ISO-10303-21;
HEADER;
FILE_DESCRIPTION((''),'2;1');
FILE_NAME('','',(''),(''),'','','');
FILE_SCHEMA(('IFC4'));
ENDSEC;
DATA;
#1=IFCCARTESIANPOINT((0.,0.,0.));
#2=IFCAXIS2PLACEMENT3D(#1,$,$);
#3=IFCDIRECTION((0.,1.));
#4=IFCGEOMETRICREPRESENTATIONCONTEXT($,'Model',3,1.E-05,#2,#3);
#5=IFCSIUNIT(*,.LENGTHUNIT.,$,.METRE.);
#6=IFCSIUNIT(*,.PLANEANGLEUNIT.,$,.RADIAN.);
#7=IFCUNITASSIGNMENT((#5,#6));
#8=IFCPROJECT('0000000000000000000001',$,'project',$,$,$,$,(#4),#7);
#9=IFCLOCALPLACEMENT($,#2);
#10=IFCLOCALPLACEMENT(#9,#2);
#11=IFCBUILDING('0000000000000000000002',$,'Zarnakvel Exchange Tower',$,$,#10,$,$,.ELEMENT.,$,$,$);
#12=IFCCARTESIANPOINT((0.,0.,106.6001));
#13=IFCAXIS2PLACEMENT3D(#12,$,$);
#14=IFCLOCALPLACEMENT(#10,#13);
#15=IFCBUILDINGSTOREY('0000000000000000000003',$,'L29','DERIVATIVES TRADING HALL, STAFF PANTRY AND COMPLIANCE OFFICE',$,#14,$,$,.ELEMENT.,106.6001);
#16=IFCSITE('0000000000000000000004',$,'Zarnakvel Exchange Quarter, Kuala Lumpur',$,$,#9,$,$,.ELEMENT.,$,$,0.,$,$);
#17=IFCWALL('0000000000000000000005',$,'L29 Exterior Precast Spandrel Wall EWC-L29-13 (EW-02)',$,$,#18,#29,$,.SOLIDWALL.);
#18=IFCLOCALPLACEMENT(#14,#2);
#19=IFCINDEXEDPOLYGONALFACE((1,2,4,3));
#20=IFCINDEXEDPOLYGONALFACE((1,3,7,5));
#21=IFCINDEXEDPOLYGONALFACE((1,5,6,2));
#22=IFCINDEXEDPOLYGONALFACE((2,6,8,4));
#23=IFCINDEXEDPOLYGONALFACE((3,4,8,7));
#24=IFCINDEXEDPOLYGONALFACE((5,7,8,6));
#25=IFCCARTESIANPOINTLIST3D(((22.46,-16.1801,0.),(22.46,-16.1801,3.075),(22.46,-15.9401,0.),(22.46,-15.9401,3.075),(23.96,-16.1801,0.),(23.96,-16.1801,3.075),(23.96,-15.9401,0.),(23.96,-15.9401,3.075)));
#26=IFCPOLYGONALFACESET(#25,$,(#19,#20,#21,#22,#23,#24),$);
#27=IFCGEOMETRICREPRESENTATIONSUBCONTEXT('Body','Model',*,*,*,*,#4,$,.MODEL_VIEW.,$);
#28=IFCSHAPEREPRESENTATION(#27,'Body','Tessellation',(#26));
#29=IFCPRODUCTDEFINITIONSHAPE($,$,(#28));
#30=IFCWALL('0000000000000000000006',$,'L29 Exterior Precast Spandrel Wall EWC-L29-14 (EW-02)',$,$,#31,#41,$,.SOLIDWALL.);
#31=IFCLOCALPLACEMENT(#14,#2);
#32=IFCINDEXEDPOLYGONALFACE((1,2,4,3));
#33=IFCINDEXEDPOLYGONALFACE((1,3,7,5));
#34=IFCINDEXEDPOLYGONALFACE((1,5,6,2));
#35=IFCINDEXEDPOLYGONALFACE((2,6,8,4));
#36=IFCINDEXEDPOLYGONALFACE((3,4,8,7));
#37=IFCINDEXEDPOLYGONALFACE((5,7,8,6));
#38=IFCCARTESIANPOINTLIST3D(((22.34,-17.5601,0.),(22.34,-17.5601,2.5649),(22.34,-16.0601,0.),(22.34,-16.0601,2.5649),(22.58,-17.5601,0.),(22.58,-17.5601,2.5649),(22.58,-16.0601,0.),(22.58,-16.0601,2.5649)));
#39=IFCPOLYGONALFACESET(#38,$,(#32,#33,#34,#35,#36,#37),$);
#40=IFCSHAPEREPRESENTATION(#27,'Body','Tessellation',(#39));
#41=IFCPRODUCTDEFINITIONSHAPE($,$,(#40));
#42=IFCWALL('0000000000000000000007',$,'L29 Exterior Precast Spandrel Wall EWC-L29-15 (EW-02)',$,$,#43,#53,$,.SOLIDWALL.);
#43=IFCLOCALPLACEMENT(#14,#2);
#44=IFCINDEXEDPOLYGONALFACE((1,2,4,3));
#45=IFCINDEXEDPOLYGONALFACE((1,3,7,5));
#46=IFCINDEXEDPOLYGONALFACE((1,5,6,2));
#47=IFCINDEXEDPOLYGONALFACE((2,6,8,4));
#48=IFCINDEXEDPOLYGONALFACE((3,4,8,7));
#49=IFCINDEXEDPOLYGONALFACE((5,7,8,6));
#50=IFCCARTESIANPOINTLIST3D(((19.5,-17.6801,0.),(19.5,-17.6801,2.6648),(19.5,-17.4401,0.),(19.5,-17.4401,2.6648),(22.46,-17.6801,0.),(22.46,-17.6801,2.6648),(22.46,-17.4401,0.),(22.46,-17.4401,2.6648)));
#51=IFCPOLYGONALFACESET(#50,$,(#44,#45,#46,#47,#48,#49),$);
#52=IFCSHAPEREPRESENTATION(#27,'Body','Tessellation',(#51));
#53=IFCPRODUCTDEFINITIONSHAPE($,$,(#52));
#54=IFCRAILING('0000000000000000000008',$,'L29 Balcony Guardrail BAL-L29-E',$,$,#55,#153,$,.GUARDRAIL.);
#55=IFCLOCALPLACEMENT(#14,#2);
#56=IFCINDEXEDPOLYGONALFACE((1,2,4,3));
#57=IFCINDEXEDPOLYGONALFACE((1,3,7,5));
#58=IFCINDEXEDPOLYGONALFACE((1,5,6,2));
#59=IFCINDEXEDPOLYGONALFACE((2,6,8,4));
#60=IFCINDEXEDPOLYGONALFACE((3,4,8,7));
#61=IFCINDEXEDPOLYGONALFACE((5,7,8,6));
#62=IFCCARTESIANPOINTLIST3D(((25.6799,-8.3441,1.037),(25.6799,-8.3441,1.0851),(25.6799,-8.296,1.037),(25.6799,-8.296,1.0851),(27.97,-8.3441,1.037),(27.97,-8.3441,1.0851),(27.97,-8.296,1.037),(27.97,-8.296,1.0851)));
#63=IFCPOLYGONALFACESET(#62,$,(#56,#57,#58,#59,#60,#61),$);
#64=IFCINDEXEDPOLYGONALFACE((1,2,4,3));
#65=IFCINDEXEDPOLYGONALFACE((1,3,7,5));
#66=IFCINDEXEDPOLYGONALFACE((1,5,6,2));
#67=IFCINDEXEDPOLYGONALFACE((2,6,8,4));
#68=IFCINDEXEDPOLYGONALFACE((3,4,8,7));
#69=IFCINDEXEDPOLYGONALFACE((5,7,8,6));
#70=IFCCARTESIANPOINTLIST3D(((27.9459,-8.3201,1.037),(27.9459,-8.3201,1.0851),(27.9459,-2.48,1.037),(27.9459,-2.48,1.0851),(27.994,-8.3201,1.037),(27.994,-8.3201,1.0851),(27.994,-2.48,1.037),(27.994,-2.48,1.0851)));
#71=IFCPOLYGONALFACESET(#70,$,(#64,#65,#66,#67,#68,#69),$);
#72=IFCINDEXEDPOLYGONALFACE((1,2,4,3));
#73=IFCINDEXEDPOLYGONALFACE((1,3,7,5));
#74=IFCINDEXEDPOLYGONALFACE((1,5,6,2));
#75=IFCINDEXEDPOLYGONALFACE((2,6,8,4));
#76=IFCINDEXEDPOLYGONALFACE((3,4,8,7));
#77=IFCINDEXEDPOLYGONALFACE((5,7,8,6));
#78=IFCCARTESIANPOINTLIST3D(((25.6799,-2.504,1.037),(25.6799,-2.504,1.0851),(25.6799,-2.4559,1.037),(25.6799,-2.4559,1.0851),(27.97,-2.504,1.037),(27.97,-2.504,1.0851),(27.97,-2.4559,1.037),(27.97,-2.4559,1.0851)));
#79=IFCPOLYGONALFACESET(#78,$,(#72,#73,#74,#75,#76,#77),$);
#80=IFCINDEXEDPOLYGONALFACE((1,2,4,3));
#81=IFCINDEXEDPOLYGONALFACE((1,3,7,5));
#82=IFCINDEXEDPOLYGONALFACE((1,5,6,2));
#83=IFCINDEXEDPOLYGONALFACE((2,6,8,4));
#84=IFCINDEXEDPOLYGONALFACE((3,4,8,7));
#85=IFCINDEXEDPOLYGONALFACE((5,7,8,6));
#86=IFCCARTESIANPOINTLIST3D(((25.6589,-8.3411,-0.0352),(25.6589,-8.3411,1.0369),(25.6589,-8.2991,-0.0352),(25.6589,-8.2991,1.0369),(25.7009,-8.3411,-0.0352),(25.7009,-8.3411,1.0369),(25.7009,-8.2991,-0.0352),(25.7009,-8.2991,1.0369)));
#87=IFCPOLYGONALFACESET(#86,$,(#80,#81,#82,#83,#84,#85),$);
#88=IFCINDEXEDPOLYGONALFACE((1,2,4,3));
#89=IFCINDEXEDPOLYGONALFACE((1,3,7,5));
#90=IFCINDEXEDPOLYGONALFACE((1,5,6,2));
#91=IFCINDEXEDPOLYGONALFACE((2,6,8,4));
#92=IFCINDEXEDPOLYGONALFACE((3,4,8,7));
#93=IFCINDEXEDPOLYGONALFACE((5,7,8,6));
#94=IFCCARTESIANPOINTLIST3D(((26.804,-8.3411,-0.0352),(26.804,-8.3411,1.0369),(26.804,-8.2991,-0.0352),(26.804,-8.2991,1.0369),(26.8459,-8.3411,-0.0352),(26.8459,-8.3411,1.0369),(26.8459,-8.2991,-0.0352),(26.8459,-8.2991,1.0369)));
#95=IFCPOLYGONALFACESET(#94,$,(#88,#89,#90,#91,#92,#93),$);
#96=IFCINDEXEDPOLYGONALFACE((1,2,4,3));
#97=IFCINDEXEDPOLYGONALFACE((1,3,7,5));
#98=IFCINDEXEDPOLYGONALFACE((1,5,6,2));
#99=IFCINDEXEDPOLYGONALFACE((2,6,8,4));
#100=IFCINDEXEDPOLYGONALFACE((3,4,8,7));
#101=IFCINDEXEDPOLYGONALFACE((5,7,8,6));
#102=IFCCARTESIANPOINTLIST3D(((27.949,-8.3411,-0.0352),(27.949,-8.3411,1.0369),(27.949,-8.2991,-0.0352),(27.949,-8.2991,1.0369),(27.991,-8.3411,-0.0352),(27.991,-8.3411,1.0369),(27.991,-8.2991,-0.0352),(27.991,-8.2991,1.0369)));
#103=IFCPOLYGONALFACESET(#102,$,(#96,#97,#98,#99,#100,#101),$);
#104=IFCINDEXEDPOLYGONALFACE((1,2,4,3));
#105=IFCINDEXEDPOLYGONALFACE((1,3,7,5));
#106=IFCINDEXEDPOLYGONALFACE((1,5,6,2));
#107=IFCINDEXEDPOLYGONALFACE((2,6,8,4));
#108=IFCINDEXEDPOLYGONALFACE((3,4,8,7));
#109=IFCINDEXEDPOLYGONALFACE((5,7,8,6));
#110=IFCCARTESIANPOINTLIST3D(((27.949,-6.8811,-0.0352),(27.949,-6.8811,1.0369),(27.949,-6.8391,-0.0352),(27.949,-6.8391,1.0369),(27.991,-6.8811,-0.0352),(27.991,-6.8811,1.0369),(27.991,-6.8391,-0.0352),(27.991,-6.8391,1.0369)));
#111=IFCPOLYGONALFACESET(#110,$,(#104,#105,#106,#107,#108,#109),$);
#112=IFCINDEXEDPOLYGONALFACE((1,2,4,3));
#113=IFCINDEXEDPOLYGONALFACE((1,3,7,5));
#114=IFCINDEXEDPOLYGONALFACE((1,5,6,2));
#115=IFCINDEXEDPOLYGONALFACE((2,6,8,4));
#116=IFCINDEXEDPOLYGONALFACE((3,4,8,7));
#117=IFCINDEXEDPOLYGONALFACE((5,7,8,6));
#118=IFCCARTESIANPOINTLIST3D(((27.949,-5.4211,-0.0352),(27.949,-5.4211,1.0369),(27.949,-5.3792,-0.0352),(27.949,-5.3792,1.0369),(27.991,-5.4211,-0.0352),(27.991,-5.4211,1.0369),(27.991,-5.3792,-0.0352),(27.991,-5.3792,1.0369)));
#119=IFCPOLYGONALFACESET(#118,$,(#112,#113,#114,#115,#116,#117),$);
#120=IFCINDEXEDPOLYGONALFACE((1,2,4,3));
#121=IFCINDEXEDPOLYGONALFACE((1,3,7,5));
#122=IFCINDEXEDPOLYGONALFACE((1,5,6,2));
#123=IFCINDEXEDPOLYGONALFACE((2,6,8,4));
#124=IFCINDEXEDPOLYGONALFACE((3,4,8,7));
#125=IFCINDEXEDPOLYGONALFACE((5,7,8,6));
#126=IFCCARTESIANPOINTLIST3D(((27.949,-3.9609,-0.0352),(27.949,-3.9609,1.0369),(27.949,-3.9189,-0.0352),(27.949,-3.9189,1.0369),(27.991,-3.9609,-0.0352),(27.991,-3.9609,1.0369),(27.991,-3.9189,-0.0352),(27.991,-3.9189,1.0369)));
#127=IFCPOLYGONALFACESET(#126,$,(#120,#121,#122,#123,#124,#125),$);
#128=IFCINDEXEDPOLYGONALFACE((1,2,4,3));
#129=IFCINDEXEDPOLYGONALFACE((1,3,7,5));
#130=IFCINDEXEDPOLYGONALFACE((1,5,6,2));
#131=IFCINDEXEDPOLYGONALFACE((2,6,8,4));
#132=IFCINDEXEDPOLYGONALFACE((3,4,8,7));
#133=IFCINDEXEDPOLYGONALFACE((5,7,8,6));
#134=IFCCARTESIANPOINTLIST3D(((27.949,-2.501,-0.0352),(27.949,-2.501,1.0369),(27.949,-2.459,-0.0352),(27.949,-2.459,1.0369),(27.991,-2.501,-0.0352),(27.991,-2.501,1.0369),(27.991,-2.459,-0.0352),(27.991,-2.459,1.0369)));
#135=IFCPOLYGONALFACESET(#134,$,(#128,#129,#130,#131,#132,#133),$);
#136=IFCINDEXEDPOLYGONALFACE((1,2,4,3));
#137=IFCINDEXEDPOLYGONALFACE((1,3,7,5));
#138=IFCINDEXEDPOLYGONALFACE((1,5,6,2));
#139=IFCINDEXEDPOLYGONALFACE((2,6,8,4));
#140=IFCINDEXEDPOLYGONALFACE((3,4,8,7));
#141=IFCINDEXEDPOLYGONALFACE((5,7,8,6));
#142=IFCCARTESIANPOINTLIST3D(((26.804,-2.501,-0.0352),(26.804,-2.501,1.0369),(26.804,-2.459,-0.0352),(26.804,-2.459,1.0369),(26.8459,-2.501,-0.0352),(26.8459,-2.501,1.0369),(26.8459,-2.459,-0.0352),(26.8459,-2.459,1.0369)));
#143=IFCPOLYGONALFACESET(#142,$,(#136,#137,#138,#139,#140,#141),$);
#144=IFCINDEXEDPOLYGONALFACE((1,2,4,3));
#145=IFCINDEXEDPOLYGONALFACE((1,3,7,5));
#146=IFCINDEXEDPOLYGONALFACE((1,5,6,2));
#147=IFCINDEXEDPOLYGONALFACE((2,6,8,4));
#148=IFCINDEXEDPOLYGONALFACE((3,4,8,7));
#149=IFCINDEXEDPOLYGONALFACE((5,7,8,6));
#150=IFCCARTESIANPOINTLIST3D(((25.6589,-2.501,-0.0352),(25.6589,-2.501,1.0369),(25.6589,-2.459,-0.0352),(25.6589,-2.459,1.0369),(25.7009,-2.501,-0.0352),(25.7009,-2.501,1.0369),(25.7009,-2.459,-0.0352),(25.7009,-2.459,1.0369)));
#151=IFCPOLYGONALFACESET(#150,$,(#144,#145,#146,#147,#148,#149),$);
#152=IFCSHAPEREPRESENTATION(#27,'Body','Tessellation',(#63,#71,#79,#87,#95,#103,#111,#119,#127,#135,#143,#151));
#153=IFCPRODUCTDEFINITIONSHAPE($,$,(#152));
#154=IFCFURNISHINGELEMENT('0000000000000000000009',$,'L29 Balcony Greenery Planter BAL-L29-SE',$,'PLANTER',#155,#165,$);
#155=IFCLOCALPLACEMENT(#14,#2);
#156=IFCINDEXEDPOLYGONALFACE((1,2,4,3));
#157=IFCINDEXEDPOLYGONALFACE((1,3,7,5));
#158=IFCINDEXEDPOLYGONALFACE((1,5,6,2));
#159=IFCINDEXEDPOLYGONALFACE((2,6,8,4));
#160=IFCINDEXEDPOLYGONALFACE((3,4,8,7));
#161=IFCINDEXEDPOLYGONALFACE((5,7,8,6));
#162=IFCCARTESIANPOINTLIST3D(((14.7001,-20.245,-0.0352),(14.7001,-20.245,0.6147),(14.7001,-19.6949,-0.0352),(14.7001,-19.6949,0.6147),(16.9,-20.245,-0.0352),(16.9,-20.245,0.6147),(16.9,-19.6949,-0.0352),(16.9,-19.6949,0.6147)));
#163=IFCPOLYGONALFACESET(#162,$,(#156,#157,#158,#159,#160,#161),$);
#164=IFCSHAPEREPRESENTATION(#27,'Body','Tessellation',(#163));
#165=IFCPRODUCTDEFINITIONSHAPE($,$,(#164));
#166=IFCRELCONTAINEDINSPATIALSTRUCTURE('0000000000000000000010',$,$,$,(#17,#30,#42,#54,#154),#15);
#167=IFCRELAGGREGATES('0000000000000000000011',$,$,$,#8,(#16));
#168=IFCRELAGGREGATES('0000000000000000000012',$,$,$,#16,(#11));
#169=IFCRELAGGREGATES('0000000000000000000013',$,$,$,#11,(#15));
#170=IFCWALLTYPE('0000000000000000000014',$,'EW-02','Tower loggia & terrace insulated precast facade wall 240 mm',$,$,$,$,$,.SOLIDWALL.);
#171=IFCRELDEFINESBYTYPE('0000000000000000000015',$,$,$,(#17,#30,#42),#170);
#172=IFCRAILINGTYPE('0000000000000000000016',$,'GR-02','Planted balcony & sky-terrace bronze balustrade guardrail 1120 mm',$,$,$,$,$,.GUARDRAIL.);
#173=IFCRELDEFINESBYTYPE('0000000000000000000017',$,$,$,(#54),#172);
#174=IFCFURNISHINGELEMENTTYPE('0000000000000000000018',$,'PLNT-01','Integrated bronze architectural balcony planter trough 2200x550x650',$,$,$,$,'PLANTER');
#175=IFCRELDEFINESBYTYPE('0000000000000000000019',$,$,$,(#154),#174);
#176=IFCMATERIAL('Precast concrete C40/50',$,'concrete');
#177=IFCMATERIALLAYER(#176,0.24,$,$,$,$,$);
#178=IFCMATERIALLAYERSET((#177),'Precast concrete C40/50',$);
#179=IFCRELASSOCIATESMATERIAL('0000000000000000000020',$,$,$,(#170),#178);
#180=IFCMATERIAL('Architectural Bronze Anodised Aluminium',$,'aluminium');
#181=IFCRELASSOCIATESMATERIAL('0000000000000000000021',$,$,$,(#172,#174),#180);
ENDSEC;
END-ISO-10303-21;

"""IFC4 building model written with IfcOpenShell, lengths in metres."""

from ifc_helpers import new_model, si_unit, direction, frame, frame_2d, origin, origin_2d, place, context, subcontext, project, spatial, rectangle, extrude, source, transform, mapped, material, layer, layer_set, type_object, element, save


model = new_model("IFC4")

# Units and contexts
model_context = context("Model", 3, precision=1e-05, world=origin(), true_north=direction((0.0, 1.0)))
body_context = subcontext(model_context, "Body", "Model", "MODEL_VIEW")
ifc_project = project(units=[si_unit("LENGTHUNIT", "METRE"), si_unit("PLANEANGLEUNIT", "RADIAN")], contexts=[model_context])

# Site, building, storey
site_placement = place(None, origin())
site = spatial("IfcSite", under=ifc_project, at=site_placement, Name="Zarnakvel Exchange Quarter, Kuala Lumpur", CompositionType="ELEMENT", RefElevation=0.0)
building_placement = place(site_placement, origin())
building = spatial("IfcBuilding", under=site, at=building_placement, Name="Zarnakvel Exchange Tower", CompositionType="ELEMENT")
storey_placement = place(building_placement, frame((0.0, 0.0, 106.6001)))
storey = spatial("IfcBuildingStorey", under=building, at=storey_placement, Name="L29", Description="DERIVATIVES TRADING HALL, STAFF PANTRY AND COMPLIANCE OFFICE", CompositionType="ELEMENT", Elevation=106.6001)

# Shared definitions
ifc_material_1 = material(Name="Precast concrete C40/50", Category="concrete")
ifc_layer = layer(ifc_material_1, 0.24)
ifc_layer_set = layer_set([ifc_layer], Name="Precast concrete C40/50")
wall_type = type_object("IfcWallType", Name="EW-02", Description="Tower loggia & terrace insulated precast facade wall 240 mm", PredefinedType="SOLIDWALL", material=ifc_layer_set)
ifc_material_2 = material(Name="Architectural Bronze Anodised Aluminium", Category="aluminium")

# Walls
for number, where, z_axis, x_axis, name in (
    (1, (22.46, -16.0601, 0.0), (0.0, 0.0, 1.0), (1.0, 0.0, 0.0), "L29 Exterior Precast Spandrel Wall EWC-L29-13 (EW-02)"),
):
    element("IfcWall", number, at=place(storey_placement, frame(where, z_axis=z_axis, x_axis=x_axis)), inside=storey, type_object=wall_type, Name=name, PredefinedType="SOLIDWALL", context=body_context, shape_type="SweptSolid", body=[
        extrude(rectangle(XDim=1.5, YDim=0.24, at=frame_2d((0.75, 0.0))), origin(), (0.0, 0.0, 1.0), 3.075),
    ])
wall_1_placement = place(storey_placement, frame((22.46, -17.5601, 0.0), z_axis=(0.0, 0.0, 1.0), x_axis=(0.0, 1.0, 0.0)))
element("IfcWall", 2, at=wall_1_placement, inside=storey, type_object=wall_type, Name="L29 Exterior Precast Spandrel Wall EWC-L29-14 (EW-02)", PredefinedType="SOLIDWALL", context=body_context, shape_type="SweptSolid", body=[
    extrude(rectangle(XDim=1.5, YDim=0.24, at=frame_2d((0.75, 0.0))), origin(), (0.0, 0.0, 1.0), 2.5649),
])
wall_2_placement = place(storey_placement, frame((19.5, -17.5601, 0.0), z_axis=(0.0, 0.0, 1.0), x_axis=(1.0, 0.0, 0.0)))
element("IfcWall", 3, at=wall_2_placement, inside=storey, type_object=wall_type, Name="L29 Exterior Precast Spandrel Wall EWC-L29-15 (EW-02)", PredefinedType="SOLIDWALL", context=body_context, shape_type="SweptSolid", body=[
    extrude(rectangle(XDim=2.96, YDim=0.24, at=frame_2d((1.48, 0.0))), origin(), (0.0, 0.0, 1.0), 2.6648),
])

# Railing
railing_type = type_object("IfcRailingType", Name="GR-02", Description="Planted balcony & sky-terrace bronze balustrade guardrail 1120 mm", PredefinedType="GUARDRAIL", material=ifc_material_2)
railing_placement = place(storey_placement, frame((25.6799, -8.3201, -0.0352)))
element("IfcRailing", 4, at=railing_placement, inside=storey, type_object=railing_type, Name="L29 Balcony Guardrail BAL-L29-E", PredefinedType="GUARDRAIL", context=body_context, shape_type="SweptSolid", body=[
    extrude(rectangle(XDim=0.0481, YDim=0.0481, at=origin_2d()), frame((0.0, 0.0, 1.0962), z_axis=(1.0, 0.0, 0.0), x_axis=(0.0, 1.0, 0.0)), (0.0, 0.0, 1.0), 2.29),
    extrude(rectangle(XDim=0.0481, YDim=0.0481, at=origin_2d()), frame((2.29, 0.0, 1.0962), z_axis=(0.0, 1.0, 0.0), x_axis=(-1.0, 0.0, 0.0)), (0.0, 0.0, 1.0), 5.8401),
    extrude(rectangle(XDim=0.0481, YDim=0.0481, at=origin_2d()), frame((2.29, 5.8401, 1.0962), z_axis=(-1.0, 0.0, 0.0), x_axis=(0.0, -1.0, 0.0)), (0.0, 0.0, 1.0), 2.29),
    extrude(rectangle(XDim=0.042, YDim=0.042, at=origin_2d()), origin(), (0.0, 0.0, 1.0), 1.072),
    extrude(rectangle(XDim=0.042, YDim=0.042, at=origin_2d()), frame((1.145, 0.0, 0.0)), (0.0, 0.0, 1.0), 1.072),
    extrude(rectangle(XDim=0.042, YDim=0.042, at=origin_2d()), frame((2.29, 0.0, 0.0)), (0.0, 0.0, 1.0), 1.072),
    extrude(rectangle(XDim=0.042, YDim=0.042, at=origin_2d()), frame((2.29, 1.46, 0.0)), (0.0, 0.0, 1.0), 1.072),
    extrude(rectangle(XDim=0.042, YDim=0.042, at=origin_2d()), frame((2.29, 2.9199, 0.0)), (0.0, 0.0, 1.0), 1.072),
    extrude(rectangle(XDim=0.042, YDim=0.042, at=origin_2d()), frame((2.29, 4.3801, 0.0)), (0.0, 0.0, 1.0), 1.072),
    extrude(rectangle(XDim=0.042, YDim=0.042, at=origin_2d()), frame((2.29, 5.8401, 0.0)), (0.0, 0.0, 1.0), 1.072),
    extrude(rectangle(XDim=0.042, YDim=0.042, at=origin_2d()), frame((1.145, 5.8401, 0.0)), (0.0, 0.0, 1.0), 1.072),
    extrude(rectangle(XDim=0.042, YDim=0.042, at=origin_2d()), frame((0.0, 5.8401, 0.0)), (0.0, 0.0, 1.0), 1.072),
])

# Furnishing element
furnishing_element_type = type_object("IfcFurnishingElementType", Name="PLNT-01", Description="Integrated bronze architectural balcony planter trough 2200x550x650", ElementType="PLANTER", material=ifc_material_2)
shared_shape_1 = source(origin(), body_context, "Body", "SweptSolid", [
    extrude(rectangle(XDim=2.2, YDim=0.55, at=origin_2d()), origin(), (0.0, 0.0, 1.0), 0.6499),
])
furnishing_placement = place(storey_placement, frame((15.8, -19.97, -0.0352), z_axis=(0.0, 0.0, 1.0), x_axis=(1.0, 0.0, 0.0)))
element("IfcFurnishingElement", 5, at=furnishing_placement, inside=storey, type_object=furnishing_element_type, Name="L29 Balcony Greenery Planter BAL-L29-SE", ObjectType="PLANTER", context=body_context, shape_type="MappedRepresentation", body=[
    mapped(shared_shape_1, transform((0.0, 0.0, 0.0), x_axis=(1.0, 0.0, 0.0), y_axis=(0.0, 1.0, 0.0), z_axis=(0.0, 0.0, 1.0), scale=1.0)),
])

save(model, "model.ifc")
